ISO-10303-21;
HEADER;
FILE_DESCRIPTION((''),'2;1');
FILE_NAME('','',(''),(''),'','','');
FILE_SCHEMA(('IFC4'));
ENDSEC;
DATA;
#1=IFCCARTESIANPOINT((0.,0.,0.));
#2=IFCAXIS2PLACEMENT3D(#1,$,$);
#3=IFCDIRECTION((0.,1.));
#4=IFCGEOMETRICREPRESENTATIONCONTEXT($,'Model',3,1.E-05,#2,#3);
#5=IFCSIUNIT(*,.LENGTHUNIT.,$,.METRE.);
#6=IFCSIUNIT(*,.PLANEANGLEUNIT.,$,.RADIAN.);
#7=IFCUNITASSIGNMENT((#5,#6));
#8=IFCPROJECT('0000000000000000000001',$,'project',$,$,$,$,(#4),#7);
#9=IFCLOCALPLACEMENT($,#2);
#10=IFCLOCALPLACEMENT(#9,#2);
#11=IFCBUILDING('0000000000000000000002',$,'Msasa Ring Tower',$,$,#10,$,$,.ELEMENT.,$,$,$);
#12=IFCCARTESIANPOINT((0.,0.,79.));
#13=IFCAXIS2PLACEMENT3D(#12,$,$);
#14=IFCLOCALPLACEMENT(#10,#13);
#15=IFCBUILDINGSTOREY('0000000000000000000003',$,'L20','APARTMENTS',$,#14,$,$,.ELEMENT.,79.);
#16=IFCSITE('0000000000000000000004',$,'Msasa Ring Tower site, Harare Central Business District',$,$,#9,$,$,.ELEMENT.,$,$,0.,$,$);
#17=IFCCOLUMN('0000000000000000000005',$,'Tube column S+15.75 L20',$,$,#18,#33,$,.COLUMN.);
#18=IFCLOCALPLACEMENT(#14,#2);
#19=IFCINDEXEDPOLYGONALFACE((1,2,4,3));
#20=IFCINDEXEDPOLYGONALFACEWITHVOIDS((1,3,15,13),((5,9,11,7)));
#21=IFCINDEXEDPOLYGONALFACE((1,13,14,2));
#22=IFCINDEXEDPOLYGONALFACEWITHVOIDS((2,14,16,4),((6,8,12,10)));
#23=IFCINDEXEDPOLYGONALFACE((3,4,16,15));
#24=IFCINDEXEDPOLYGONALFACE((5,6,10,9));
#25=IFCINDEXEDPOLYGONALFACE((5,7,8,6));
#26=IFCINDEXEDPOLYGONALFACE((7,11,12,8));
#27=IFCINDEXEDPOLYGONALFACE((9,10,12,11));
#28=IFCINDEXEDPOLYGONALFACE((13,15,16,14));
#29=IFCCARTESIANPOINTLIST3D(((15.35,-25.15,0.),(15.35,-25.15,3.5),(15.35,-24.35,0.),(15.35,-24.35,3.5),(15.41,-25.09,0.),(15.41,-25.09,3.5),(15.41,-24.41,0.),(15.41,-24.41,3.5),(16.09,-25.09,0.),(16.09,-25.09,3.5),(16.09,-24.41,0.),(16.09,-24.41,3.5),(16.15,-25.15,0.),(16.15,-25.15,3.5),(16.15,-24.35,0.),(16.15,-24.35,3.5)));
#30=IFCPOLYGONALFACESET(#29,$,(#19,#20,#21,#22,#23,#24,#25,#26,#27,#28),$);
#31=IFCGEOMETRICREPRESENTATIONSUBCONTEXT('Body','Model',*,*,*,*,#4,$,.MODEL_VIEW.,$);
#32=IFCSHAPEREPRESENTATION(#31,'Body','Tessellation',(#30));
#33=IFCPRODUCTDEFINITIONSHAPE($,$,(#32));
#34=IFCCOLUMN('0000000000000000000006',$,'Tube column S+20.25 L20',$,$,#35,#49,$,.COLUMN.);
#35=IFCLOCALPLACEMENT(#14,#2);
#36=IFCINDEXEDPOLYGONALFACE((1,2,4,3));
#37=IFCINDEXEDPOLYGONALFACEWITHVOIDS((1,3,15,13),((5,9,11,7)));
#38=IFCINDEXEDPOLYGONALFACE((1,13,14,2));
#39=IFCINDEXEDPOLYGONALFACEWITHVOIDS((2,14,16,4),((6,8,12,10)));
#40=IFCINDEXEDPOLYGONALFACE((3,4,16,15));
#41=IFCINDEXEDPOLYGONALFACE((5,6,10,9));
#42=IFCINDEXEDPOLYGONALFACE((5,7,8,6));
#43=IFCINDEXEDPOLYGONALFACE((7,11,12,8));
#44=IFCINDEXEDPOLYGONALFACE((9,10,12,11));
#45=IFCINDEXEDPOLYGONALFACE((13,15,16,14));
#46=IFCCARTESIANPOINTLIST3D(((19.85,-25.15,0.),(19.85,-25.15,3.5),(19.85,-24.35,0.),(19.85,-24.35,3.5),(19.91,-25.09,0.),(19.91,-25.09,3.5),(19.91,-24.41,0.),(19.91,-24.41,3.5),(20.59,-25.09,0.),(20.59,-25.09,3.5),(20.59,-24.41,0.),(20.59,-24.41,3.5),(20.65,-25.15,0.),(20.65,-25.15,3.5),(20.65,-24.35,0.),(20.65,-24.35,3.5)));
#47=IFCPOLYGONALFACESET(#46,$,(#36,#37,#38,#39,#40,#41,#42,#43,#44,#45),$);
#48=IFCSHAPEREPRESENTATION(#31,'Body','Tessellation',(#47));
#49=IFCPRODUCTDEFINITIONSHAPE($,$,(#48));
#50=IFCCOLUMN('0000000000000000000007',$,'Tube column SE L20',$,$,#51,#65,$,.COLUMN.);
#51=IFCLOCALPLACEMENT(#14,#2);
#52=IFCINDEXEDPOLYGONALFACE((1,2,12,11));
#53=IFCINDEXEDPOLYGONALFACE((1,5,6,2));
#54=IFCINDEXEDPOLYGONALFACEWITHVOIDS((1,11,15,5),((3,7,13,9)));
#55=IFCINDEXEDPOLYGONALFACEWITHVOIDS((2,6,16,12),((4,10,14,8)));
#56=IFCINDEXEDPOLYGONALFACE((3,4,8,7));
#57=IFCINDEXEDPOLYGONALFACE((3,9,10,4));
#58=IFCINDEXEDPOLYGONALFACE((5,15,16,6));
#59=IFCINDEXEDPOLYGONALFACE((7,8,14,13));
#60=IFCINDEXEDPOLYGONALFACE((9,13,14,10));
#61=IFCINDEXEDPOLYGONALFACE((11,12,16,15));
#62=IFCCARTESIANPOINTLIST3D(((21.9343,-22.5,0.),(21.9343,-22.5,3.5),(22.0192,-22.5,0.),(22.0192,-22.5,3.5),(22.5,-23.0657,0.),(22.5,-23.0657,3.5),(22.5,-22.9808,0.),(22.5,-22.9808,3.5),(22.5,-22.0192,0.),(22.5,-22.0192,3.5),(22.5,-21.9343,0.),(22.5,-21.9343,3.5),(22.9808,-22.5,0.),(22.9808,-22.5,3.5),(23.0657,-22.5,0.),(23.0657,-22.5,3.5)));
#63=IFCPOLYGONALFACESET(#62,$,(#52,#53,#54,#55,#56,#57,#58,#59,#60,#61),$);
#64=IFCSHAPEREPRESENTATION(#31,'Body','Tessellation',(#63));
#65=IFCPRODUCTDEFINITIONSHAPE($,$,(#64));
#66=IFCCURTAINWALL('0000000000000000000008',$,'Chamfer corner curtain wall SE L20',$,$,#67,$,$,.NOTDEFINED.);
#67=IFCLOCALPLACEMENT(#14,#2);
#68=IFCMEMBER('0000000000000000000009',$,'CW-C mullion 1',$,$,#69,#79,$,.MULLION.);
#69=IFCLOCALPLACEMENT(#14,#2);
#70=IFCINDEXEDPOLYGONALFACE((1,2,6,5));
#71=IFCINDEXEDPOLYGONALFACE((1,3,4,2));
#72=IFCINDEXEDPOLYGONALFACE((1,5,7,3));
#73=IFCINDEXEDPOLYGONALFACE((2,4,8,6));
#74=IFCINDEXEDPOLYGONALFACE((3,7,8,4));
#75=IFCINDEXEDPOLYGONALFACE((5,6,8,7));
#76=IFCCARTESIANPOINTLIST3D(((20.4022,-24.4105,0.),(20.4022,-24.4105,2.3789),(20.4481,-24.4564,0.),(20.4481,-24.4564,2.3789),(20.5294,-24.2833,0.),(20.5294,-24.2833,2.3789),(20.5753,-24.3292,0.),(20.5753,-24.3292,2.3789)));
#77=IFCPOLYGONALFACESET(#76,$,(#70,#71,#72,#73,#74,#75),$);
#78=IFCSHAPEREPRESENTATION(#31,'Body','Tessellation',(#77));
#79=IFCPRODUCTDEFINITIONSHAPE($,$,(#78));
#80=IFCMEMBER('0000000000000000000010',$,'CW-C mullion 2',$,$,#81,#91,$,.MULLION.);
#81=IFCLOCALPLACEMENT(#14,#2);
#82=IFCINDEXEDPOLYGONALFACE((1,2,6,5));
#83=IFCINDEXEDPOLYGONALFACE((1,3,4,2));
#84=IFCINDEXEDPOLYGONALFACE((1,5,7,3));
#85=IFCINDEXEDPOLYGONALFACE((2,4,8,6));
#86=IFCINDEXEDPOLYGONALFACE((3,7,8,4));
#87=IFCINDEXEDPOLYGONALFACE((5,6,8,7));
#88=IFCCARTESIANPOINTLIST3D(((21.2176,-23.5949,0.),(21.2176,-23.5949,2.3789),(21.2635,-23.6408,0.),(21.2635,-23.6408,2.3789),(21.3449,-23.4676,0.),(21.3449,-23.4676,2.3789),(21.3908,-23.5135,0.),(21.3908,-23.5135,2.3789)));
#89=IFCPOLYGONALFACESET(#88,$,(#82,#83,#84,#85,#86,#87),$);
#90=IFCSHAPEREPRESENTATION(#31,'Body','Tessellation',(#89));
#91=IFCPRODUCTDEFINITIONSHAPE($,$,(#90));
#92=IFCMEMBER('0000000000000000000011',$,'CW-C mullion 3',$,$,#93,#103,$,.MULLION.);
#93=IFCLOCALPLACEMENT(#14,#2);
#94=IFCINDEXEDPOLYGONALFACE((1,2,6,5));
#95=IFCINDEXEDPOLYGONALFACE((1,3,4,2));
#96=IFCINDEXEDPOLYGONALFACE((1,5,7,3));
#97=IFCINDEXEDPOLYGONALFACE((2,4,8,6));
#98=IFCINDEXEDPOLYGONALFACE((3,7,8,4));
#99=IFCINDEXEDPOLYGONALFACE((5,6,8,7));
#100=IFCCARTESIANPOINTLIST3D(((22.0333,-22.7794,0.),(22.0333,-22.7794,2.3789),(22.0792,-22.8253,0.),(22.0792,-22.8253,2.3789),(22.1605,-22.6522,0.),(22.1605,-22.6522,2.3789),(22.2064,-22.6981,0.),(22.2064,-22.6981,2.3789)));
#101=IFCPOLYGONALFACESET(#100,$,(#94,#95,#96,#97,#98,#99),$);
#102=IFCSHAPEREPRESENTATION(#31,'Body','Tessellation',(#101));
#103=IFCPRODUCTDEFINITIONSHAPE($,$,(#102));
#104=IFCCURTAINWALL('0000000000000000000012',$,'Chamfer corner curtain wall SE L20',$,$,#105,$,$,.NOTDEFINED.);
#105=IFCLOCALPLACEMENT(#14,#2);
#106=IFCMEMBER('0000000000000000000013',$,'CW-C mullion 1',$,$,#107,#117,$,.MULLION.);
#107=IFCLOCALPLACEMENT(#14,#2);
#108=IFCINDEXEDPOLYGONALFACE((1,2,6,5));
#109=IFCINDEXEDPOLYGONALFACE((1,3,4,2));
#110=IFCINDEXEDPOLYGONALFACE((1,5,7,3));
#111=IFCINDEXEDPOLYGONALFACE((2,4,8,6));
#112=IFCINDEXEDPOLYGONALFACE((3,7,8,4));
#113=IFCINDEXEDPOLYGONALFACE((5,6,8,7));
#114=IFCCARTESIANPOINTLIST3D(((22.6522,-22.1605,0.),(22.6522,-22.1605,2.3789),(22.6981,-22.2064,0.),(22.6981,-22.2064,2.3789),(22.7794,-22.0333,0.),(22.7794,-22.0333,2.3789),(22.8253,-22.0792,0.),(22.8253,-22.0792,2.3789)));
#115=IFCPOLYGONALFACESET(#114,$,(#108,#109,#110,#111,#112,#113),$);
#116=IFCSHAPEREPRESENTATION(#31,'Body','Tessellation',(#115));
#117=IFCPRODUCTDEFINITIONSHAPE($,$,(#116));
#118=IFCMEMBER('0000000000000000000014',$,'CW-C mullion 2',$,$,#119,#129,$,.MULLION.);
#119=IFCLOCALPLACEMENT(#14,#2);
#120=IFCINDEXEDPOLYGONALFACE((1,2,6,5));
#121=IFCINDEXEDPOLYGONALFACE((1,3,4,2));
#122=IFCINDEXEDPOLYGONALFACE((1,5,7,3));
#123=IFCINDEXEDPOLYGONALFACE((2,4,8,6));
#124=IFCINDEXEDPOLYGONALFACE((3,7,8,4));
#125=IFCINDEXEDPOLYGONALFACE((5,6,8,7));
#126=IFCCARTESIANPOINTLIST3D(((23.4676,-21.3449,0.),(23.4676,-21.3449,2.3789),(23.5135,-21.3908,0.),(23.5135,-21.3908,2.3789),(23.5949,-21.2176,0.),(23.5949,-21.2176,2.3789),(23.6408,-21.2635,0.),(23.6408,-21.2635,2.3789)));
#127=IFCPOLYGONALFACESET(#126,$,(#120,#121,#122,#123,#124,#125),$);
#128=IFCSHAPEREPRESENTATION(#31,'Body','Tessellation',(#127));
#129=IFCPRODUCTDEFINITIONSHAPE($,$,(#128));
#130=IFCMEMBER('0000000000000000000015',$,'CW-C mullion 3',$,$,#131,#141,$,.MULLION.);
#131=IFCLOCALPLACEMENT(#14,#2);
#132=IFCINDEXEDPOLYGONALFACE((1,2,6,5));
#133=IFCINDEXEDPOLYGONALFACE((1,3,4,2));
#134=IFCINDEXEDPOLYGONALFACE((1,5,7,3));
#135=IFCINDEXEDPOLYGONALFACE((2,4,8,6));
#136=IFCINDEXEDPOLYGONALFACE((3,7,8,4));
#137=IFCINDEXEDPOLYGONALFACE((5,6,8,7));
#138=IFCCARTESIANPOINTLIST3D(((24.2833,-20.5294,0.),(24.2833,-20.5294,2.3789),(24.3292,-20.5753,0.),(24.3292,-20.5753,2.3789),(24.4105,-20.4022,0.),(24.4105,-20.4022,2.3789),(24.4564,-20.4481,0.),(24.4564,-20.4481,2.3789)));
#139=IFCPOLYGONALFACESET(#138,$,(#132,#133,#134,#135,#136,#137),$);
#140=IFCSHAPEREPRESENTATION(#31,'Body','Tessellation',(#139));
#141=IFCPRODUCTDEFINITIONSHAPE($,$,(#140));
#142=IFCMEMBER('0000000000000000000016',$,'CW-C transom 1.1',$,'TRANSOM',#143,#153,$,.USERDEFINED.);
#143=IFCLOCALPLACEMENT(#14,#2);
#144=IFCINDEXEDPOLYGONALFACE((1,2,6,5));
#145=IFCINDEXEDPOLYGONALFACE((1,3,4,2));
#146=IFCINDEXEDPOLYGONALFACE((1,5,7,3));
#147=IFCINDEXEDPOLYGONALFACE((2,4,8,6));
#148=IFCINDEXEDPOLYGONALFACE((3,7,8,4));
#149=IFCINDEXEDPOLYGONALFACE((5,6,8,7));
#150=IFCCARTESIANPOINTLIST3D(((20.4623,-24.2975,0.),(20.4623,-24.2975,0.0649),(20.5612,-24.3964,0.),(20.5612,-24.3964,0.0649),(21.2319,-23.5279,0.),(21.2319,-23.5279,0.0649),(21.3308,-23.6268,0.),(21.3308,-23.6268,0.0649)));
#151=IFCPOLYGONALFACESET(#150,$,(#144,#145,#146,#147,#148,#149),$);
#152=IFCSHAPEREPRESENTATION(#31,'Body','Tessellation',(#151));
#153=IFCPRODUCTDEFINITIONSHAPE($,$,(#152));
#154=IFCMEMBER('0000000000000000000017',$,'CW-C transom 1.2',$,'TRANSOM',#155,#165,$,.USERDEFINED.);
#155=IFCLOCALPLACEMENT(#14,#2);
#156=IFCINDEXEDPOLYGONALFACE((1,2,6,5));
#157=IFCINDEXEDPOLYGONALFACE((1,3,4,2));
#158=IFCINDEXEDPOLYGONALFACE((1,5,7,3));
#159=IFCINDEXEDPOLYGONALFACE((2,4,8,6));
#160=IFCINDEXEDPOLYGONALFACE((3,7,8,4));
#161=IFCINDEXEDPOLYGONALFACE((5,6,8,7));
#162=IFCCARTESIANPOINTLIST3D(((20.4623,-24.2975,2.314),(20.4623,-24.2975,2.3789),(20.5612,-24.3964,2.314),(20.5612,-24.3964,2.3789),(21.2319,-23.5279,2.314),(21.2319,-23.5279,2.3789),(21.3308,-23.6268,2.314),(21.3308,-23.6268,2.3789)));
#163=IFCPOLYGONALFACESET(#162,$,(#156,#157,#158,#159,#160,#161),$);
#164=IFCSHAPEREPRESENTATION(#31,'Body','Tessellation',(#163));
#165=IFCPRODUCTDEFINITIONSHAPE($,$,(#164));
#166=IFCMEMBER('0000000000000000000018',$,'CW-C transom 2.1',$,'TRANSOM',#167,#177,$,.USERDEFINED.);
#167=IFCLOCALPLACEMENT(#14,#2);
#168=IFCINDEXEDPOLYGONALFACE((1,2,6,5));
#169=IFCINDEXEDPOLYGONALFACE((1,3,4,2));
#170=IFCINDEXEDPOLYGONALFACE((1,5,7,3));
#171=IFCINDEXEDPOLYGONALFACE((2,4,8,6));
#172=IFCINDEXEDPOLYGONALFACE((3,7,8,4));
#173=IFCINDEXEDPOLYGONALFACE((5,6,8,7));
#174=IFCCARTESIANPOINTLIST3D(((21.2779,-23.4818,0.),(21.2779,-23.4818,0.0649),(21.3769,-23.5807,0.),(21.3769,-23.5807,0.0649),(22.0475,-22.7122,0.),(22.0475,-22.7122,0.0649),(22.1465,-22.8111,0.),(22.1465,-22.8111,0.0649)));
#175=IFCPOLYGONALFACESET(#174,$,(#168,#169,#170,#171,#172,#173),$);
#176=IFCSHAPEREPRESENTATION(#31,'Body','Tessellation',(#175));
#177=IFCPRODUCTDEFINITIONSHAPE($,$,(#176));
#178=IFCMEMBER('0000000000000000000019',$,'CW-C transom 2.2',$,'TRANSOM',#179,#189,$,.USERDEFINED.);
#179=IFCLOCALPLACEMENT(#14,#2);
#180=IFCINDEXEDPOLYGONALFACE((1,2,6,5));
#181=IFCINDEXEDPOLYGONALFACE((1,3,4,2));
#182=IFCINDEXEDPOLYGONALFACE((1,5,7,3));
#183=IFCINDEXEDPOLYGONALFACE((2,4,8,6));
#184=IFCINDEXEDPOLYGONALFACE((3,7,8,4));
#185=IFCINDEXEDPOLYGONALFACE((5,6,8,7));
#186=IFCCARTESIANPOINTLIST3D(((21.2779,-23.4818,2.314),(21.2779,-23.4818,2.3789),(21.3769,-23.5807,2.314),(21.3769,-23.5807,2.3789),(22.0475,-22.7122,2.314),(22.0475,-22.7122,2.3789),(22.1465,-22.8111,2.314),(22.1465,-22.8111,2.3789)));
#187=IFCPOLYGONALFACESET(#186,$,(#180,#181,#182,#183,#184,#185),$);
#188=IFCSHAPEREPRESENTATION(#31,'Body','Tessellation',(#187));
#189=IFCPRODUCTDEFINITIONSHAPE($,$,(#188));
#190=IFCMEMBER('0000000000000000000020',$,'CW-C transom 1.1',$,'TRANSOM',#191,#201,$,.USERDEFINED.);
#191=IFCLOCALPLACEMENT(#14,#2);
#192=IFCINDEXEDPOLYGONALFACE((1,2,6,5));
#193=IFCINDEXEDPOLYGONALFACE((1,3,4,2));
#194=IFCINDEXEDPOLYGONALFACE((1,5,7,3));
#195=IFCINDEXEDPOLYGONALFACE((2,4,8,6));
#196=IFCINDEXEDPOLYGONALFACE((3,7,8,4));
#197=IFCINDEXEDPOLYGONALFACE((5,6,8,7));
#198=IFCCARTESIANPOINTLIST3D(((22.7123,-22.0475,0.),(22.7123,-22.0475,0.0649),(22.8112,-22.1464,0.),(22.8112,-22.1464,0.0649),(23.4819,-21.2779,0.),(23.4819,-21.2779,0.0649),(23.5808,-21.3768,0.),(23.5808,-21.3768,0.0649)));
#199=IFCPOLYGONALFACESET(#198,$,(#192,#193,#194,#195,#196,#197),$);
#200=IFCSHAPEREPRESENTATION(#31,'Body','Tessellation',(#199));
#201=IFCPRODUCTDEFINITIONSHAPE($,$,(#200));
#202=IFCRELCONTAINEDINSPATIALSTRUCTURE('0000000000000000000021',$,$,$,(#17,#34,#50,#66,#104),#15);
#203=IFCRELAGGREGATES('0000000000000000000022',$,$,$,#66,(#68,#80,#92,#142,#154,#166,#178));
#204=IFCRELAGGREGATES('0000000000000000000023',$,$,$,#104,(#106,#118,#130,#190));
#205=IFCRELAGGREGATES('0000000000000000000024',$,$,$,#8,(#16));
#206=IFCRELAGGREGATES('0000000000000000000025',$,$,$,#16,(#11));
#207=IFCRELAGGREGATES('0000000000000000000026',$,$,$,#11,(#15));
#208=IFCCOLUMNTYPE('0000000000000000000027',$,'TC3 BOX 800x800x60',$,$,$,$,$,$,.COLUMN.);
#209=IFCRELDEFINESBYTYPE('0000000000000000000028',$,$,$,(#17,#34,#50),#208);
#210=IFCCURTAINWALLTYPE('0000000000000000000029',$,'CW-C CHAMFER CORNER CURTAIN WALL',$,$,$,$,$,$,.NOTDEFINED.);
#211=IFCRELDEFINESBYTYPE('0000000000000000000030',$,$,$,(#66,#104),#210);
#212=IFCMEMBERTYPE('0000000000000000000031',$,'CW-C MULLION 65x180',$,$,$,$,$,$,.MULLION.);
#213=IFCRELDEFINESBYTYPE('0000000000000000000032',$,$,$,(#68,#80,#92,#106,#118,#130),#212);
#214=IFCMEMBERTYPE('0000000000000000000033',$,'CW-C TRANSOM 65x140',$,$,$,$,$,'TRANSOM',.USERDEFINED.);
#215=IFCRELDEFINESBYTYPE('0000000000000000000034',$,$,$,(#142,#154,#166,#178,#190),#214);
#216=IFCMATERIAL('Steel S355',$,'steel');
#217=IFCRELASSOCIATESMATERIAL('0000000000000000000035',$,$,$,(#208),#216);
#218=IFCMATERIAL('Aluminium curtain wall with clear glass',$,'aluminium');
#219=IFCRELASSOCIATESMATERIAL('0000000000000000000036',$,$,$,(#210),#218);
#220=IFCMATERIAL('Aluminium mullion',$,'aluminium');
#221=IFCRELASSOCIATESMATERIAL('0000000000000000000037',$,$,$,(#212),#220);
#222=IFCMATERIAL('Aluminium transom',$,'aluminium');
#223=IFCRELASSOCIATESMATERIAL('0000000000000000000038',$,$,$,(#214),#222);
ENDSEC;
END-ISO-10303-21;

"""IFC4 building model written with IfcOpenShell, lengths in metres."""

from ifc_helpers import new_model, si_unit, direction, frame, origin, origin_2d, place, context, subcontext, project, spatial, rectangle, hollow_rectangle, extrude, material, material_profile, profile_set, type_object, element, aggregate, save


model = new_model("IFC4")

# Units and contexts
model_context = context("Model", 3, precision=1e-05, world=origin(), true_north=direction((0.0, 1.0)))
body_context = subcontext(model_context, "Body", "Model", "MODEL_VIEW")
ifc_project = project(units=[si_unit("LENGTHUNIT", "METRE"), si_unit("PLANEANGLEUNIT", "RADIAN")], contexts=[model_context])

# Site, building, storey
site_placement = place(None, origin())
site = spatial("IfcSite", under=ifc_project, at=site_placement, Name="Msasa Ring Tower site, Harare Central Business District", CompositionType="ELEMENT", RefElevation=0.0)
building_placement = place(site_placement, origin())
building = spatial("IfcBuilding", under=site, at=building_placement, Name="Msasa Ring Tower", CompositionType="ELEMENT")
storey_placement = place(building_placement, frame((0.0, 0.0, 79.0)))
storey = spatial("IfcBuildingStorey", under=building, at=storey_placement, Name="L20", Description="APARTMENTS", CompositionType="ELEMENT", Elevation=79.0)

# Columns
ifc_material_1 = material(Name="Steel S355", Category="steel")
ifc_material_profile_1 = material_profile(ifc_material_1, hollow_rectangle(XDim=0.8, YDim=0.8, WallThickness=0.0601, at=origin_2d()), Name="BOX 800x800x60")
ifc_profile_set_1 = profile_set([ifc_material_profile_1], Name="Steel S355")
column_type = type_object("IfcColumnType", Name="TC3 BOX 800x800x60", PredefinedType="COLUMN", material=ifc_profile_set_1)
for number, where, z_axis, x_axis, name in (
    (1, (15.75, -24.75, 0.0), (0.0, 0.0, 1.0), (0.0, 1.0, 0.0), "Tube column S+15.75 L20"),
    (2, (20.25, -24.75, 0.0), (0.0, 0.0, 1.0), (0.0, 1.0, 0.0), "Tube column S+20.25 L20"),
    (3, (22.5, -22.5, 0.0), (0.0, 0.0, 1.0), (0.707107, -0.707107, 0.0), "Tube column SE L20"),
):
    element("IfcColumn", number, at=place(storey_placement, frame(where, z_axis=z_axis, x_axis=x_axis)), inside=storey, type_object=column_type, Name=name, PredefinedType="COLUMN", context=body_context, shape_type="SweptSolid", body=[
        extrude(hollow_rectangle(XDim=0.8, YDim=0.8, WallThickness=0.0601, at=origin_2d()), origin(), (0.0, 0.0, 1.0), 3.5),
    ])

# Curtain walls, members
ifc_material_2 = material(Name="Aluminium curtain wall with clear glass", Category="aluminium")
curtain_wall_type = type_object("IfcCurtainWallType", Name="CW-C CHAMFER CORNER CURTAIN WALL", PredefinedType="NOTDEFINED", material=ifc_material_2)
curtain_wall_1_placement = place(storey_placement, origin())
curtain_wall_1 = element("IfcCurtainWall", 4, at=curtain_wall_1_placement, inside=storey, type_object=curtain_wall_type, Name="Chamfer corner curtain wall SE L20", PredefinedType="NOTDEFINED")
ifc_material_3 = material(Name="Aluminium mullion", Category="aluminium")
ifc_material_profile_2 = material_profile(ifc_material_3, rectangle(XDim=0.0649, YDim=0.1799, at=origin_2d()), Name="AL 65x180")
ifc_profile_set_2 = profile_set([ifc_material_profile_2], Name="Aluminium mullion")
member_type_1 = type_object("IfcMemberType", Name="CW-C MULLION 65x180", PredefinedType="MULLION", material=ifc_profile_set_2)
member_1_placement = place(storey_placement, frame((20.4888, -24.3699, 0.0), z_axis=(0.0, 0.0, 1.0), x_axis=(-0.707107, 0.707107, 0.0)))
member_1 = element("IfcMember", 5, at=member_1_placement, type_object=member_type_1, Name="CW-C mullion 1", PredefinedType="MULLION", context=body_context, shape_type="SweptSolid", body=[
    extrude(rectangle(XDim=0.0649, YDim=0.1799, at=origin_2d()), origin(), (0.0, 0.0, 1.0), 2.3789),
])
member_2_placement = place(storey_placement, frame((21.3042, -23.5542, 0.0), z_axis=(0.0, 0.0, 1.0), x_axis=(-0.707107, 0.707107, 0.0)))
member_2 = element("IfcMember", 6, at=member_2_placement, type_object=member_type_1, Name="CW-C mullion 2", PredefinedType="MULLION", context=body_context, shape_type="SweptSolid", body=[
    extrude(rectangle(XDim=0.0649, YDim=0.1799, at=origin_2d()), origin(), (0.0, 0.0, 1.0), 2.3789),
])
member_3_placement = place(storey_placement, frame((22.1199, -22.7388, 0.0), z_axis=(0.0, 0.0, 1.0), x_axis=(-0.707107, 0.707107, 0.0)))
member_3 = element("IfcMember", 7, at=member_3_placement, type_object=member_type_1, Name="CW-C mullion 3", PredefinedType="MULLION", context=body_context, shape_type="SweptSolid", body=[
    extrude(rectangle(XDim=0.0649, YDim=0.1799, at=origin_2d()), origin(), (0.0, 0.0, 1.0), 2.3789),
])
curtain_wall_2_placement = place(storey_placement, origin())
curtain_wall_2 = element("IfcCurtainWall", 8, at=curtain_wall_2_placement, inside=storey, type_object=curtain_wall_type, Name="Chamfer corner curtain wall SE L20", PredefinedType="NOTDEFINED")
member_4_placement = place(storey_placement, frame((22.7388, -22.1199, 0.0), z_axis=(0.0, 0.0, 1.0), x_axis=(-0.707107, 0.707107, 0.0)))
member_4 = element("IfcMember", 9, at=member_4_placement, type_object=member_type_1, Name="CW-C mullion 1", PredefinedType="MULLION", context=body_context, shape_type="SweptSolid", body=[
    extrude(rectangle(XDim=0.0649, YDim=0.1799, at=origin_2d()), origin(), (0.0, 0.0, 1.0), 2.3789),
])
member_5_placement = place(storey_placement, frame((23.5542, -21.3042, 0.0), z_axis=(0.0, 0.0, 1.0), x_axis=(-0.707107, 0.707107, 0.0)))
member_5 = element("IfcMember", 10, at=member_5_placement, type_object=member_type_1, Name="CW-C mullion 2", PredefinedType="MULLION", context=body_context, shape_type="SweptSolid", body=[
    extrude(rectangle(XDim=0.0649, YDim=0.1799, at=origin_2d()), origin(), (0.0, 0.0, 1.0), 2.3789),
])
member_6_placement = place(storey_placement, frame((24.3699, -20.4888, 0.0), z_axis=(0.0, 0.0, 1.0), x_axis=(-0.707107, 0.707107, 0.0)))
member_6 = element("IfcMember", 11, at=member_6_placement, type_object=member_type_1, Name="CW-C mullion 3", PredefinedType="MULLION", context=body_context, shape_type="SweptSolid", body=[
    extrude(rectangle(XDim=0.0649, YDim=0.1799, at=origin_2d()), origin(), (0.0, 0.0, 1.0), 2.3789),
])

# Members
ifc_material_4 = material(Name="Aluminium transom", Category="aluminium")
ifc_material_profile_3 = material_profile(ifc_material_4, rectangle(XDim=0.1399, YDim=0.0649, at=origin_2d()), Name="AL 65x140")
ifc_profile_set_3 = profile_set([ifc_material_profile_3], Name="Aluminium transom")
member_type_2 = type_object("IfcMemberType", Name="CW-C TRANSOM 65x140", ElementType="TRANSOM", PredefinedType="USERDEFINED", material=ifc_profile_set_3)
member_7_placement = place(storey_placement, frame((20.5117, -24.3469, 0.0325), z_axis=(0.707107, 0.707107, 0.0), x_axis=(-0.707107, 0.707107, 0.0)))
member_7 = element("IfcMember", 12, at=member_7_placement, type_object=member_type_2, Name="CW-C transom 1.1", ObjectType="TRANSOM", PredefinedType="USERDEFINED", context=body_context, shape_type="SweptSolid", body=[
    extrude(rectangle(XDim=0.1399, YDim=0.0649, at=origin_2d()), origin(), (0.0, 0.0, 1.0), 1.0884),
])
member_8_placement = place(storey_placement, frame((20.5117, -24.3469, 2.3464), z_axis=(0.707107, 0.707107, 0.0), x_axis=(-0.707107, 0.707107, 0.0)))
member_8 = element("IfcMember", 13, at=member_8_placement, type_object=member_type_2, Name="CW-C transom 1.2", ObjectType="TRANSOM", PredefinedType="USERDEFINED", context=body_context, shape_type="SweptSolid", body=[
    extrude(rectangle(XDim=0.1399, YDim=0.0649, at=origin_2d()), origin(), (0.0, 0.0, 1.0), 1.0884),
])
member_9_placement = place(storey_placement, frame((21.3274, -23.5312, 0.0325), z_axis=(0.707107, 0.707107, 0.0), x_axis=(-0.707107, 0.707107, 0.0)))
member_9 = element("IfcMember", 14, at=member_9_placement, type_object=member_type_2, Name="CW-C transom 2.1", ObjectType="TRANSOM", PredefinedType="USERDEFINED", context=body_context, shape_type="SweptSolid", body=[
    extrude(rectangle(XDim=0.1399, YDim=0.0649, at=origin_2d()), origin(), (0.0, 0.0, 1.0), 1.0884),
])
member_10_placement = place(storey_placement, frame((21.3274, -23.5312, 2.3464), z_axis=(0.707107, 0.707107, 0.0), x_axis=(-0.707107, 0.707107, 0.0)))
member_10 = element("IfcMember", 15, at=member_10_placement, type_object=member_type_2, Name="CW-C transom 2.2", ObjectType="TRANSOM", PredefinedType="USERDEFINED", context=body_context, shape_type="SweptSolid", body=[
    extrude(rectangle(XDim=0.1399, YDim=0.0649, at=origin_2d()), origin(), (0.0, 0.0, 1.0), 1.0884),
])
member_11_placement = place(storey_placement, frame((22.7617, -22.0969, 0.0325), z_axis=(0.707107, 0.707107, 0.0), x_axis=(-0.707107, 0.707107, 0.0)))
member_11 = element("IfcMember", 16, at=member_11_placement, type_object=member_type_2, Name="CW-C transom 1.1", ObjectType="TRANSOM", PredefinedType="USERDEFINED", context=body_context, shape_type="SweptSolid", body=[
    extrude(rectangle(XDim=0.1399, YDim=0.0649, at=origin_2d()), origin(), (0.0, 0.0, 1.0), 1.0884),
])

aggregate(curtain_wall_1, [member_1, member_2, member_3, member_7, member_8, member_9, member_10])
aggregate(curtain_wall_2, [member_4, member_5, member_6, member_11])

save(model, "model.ifc")
